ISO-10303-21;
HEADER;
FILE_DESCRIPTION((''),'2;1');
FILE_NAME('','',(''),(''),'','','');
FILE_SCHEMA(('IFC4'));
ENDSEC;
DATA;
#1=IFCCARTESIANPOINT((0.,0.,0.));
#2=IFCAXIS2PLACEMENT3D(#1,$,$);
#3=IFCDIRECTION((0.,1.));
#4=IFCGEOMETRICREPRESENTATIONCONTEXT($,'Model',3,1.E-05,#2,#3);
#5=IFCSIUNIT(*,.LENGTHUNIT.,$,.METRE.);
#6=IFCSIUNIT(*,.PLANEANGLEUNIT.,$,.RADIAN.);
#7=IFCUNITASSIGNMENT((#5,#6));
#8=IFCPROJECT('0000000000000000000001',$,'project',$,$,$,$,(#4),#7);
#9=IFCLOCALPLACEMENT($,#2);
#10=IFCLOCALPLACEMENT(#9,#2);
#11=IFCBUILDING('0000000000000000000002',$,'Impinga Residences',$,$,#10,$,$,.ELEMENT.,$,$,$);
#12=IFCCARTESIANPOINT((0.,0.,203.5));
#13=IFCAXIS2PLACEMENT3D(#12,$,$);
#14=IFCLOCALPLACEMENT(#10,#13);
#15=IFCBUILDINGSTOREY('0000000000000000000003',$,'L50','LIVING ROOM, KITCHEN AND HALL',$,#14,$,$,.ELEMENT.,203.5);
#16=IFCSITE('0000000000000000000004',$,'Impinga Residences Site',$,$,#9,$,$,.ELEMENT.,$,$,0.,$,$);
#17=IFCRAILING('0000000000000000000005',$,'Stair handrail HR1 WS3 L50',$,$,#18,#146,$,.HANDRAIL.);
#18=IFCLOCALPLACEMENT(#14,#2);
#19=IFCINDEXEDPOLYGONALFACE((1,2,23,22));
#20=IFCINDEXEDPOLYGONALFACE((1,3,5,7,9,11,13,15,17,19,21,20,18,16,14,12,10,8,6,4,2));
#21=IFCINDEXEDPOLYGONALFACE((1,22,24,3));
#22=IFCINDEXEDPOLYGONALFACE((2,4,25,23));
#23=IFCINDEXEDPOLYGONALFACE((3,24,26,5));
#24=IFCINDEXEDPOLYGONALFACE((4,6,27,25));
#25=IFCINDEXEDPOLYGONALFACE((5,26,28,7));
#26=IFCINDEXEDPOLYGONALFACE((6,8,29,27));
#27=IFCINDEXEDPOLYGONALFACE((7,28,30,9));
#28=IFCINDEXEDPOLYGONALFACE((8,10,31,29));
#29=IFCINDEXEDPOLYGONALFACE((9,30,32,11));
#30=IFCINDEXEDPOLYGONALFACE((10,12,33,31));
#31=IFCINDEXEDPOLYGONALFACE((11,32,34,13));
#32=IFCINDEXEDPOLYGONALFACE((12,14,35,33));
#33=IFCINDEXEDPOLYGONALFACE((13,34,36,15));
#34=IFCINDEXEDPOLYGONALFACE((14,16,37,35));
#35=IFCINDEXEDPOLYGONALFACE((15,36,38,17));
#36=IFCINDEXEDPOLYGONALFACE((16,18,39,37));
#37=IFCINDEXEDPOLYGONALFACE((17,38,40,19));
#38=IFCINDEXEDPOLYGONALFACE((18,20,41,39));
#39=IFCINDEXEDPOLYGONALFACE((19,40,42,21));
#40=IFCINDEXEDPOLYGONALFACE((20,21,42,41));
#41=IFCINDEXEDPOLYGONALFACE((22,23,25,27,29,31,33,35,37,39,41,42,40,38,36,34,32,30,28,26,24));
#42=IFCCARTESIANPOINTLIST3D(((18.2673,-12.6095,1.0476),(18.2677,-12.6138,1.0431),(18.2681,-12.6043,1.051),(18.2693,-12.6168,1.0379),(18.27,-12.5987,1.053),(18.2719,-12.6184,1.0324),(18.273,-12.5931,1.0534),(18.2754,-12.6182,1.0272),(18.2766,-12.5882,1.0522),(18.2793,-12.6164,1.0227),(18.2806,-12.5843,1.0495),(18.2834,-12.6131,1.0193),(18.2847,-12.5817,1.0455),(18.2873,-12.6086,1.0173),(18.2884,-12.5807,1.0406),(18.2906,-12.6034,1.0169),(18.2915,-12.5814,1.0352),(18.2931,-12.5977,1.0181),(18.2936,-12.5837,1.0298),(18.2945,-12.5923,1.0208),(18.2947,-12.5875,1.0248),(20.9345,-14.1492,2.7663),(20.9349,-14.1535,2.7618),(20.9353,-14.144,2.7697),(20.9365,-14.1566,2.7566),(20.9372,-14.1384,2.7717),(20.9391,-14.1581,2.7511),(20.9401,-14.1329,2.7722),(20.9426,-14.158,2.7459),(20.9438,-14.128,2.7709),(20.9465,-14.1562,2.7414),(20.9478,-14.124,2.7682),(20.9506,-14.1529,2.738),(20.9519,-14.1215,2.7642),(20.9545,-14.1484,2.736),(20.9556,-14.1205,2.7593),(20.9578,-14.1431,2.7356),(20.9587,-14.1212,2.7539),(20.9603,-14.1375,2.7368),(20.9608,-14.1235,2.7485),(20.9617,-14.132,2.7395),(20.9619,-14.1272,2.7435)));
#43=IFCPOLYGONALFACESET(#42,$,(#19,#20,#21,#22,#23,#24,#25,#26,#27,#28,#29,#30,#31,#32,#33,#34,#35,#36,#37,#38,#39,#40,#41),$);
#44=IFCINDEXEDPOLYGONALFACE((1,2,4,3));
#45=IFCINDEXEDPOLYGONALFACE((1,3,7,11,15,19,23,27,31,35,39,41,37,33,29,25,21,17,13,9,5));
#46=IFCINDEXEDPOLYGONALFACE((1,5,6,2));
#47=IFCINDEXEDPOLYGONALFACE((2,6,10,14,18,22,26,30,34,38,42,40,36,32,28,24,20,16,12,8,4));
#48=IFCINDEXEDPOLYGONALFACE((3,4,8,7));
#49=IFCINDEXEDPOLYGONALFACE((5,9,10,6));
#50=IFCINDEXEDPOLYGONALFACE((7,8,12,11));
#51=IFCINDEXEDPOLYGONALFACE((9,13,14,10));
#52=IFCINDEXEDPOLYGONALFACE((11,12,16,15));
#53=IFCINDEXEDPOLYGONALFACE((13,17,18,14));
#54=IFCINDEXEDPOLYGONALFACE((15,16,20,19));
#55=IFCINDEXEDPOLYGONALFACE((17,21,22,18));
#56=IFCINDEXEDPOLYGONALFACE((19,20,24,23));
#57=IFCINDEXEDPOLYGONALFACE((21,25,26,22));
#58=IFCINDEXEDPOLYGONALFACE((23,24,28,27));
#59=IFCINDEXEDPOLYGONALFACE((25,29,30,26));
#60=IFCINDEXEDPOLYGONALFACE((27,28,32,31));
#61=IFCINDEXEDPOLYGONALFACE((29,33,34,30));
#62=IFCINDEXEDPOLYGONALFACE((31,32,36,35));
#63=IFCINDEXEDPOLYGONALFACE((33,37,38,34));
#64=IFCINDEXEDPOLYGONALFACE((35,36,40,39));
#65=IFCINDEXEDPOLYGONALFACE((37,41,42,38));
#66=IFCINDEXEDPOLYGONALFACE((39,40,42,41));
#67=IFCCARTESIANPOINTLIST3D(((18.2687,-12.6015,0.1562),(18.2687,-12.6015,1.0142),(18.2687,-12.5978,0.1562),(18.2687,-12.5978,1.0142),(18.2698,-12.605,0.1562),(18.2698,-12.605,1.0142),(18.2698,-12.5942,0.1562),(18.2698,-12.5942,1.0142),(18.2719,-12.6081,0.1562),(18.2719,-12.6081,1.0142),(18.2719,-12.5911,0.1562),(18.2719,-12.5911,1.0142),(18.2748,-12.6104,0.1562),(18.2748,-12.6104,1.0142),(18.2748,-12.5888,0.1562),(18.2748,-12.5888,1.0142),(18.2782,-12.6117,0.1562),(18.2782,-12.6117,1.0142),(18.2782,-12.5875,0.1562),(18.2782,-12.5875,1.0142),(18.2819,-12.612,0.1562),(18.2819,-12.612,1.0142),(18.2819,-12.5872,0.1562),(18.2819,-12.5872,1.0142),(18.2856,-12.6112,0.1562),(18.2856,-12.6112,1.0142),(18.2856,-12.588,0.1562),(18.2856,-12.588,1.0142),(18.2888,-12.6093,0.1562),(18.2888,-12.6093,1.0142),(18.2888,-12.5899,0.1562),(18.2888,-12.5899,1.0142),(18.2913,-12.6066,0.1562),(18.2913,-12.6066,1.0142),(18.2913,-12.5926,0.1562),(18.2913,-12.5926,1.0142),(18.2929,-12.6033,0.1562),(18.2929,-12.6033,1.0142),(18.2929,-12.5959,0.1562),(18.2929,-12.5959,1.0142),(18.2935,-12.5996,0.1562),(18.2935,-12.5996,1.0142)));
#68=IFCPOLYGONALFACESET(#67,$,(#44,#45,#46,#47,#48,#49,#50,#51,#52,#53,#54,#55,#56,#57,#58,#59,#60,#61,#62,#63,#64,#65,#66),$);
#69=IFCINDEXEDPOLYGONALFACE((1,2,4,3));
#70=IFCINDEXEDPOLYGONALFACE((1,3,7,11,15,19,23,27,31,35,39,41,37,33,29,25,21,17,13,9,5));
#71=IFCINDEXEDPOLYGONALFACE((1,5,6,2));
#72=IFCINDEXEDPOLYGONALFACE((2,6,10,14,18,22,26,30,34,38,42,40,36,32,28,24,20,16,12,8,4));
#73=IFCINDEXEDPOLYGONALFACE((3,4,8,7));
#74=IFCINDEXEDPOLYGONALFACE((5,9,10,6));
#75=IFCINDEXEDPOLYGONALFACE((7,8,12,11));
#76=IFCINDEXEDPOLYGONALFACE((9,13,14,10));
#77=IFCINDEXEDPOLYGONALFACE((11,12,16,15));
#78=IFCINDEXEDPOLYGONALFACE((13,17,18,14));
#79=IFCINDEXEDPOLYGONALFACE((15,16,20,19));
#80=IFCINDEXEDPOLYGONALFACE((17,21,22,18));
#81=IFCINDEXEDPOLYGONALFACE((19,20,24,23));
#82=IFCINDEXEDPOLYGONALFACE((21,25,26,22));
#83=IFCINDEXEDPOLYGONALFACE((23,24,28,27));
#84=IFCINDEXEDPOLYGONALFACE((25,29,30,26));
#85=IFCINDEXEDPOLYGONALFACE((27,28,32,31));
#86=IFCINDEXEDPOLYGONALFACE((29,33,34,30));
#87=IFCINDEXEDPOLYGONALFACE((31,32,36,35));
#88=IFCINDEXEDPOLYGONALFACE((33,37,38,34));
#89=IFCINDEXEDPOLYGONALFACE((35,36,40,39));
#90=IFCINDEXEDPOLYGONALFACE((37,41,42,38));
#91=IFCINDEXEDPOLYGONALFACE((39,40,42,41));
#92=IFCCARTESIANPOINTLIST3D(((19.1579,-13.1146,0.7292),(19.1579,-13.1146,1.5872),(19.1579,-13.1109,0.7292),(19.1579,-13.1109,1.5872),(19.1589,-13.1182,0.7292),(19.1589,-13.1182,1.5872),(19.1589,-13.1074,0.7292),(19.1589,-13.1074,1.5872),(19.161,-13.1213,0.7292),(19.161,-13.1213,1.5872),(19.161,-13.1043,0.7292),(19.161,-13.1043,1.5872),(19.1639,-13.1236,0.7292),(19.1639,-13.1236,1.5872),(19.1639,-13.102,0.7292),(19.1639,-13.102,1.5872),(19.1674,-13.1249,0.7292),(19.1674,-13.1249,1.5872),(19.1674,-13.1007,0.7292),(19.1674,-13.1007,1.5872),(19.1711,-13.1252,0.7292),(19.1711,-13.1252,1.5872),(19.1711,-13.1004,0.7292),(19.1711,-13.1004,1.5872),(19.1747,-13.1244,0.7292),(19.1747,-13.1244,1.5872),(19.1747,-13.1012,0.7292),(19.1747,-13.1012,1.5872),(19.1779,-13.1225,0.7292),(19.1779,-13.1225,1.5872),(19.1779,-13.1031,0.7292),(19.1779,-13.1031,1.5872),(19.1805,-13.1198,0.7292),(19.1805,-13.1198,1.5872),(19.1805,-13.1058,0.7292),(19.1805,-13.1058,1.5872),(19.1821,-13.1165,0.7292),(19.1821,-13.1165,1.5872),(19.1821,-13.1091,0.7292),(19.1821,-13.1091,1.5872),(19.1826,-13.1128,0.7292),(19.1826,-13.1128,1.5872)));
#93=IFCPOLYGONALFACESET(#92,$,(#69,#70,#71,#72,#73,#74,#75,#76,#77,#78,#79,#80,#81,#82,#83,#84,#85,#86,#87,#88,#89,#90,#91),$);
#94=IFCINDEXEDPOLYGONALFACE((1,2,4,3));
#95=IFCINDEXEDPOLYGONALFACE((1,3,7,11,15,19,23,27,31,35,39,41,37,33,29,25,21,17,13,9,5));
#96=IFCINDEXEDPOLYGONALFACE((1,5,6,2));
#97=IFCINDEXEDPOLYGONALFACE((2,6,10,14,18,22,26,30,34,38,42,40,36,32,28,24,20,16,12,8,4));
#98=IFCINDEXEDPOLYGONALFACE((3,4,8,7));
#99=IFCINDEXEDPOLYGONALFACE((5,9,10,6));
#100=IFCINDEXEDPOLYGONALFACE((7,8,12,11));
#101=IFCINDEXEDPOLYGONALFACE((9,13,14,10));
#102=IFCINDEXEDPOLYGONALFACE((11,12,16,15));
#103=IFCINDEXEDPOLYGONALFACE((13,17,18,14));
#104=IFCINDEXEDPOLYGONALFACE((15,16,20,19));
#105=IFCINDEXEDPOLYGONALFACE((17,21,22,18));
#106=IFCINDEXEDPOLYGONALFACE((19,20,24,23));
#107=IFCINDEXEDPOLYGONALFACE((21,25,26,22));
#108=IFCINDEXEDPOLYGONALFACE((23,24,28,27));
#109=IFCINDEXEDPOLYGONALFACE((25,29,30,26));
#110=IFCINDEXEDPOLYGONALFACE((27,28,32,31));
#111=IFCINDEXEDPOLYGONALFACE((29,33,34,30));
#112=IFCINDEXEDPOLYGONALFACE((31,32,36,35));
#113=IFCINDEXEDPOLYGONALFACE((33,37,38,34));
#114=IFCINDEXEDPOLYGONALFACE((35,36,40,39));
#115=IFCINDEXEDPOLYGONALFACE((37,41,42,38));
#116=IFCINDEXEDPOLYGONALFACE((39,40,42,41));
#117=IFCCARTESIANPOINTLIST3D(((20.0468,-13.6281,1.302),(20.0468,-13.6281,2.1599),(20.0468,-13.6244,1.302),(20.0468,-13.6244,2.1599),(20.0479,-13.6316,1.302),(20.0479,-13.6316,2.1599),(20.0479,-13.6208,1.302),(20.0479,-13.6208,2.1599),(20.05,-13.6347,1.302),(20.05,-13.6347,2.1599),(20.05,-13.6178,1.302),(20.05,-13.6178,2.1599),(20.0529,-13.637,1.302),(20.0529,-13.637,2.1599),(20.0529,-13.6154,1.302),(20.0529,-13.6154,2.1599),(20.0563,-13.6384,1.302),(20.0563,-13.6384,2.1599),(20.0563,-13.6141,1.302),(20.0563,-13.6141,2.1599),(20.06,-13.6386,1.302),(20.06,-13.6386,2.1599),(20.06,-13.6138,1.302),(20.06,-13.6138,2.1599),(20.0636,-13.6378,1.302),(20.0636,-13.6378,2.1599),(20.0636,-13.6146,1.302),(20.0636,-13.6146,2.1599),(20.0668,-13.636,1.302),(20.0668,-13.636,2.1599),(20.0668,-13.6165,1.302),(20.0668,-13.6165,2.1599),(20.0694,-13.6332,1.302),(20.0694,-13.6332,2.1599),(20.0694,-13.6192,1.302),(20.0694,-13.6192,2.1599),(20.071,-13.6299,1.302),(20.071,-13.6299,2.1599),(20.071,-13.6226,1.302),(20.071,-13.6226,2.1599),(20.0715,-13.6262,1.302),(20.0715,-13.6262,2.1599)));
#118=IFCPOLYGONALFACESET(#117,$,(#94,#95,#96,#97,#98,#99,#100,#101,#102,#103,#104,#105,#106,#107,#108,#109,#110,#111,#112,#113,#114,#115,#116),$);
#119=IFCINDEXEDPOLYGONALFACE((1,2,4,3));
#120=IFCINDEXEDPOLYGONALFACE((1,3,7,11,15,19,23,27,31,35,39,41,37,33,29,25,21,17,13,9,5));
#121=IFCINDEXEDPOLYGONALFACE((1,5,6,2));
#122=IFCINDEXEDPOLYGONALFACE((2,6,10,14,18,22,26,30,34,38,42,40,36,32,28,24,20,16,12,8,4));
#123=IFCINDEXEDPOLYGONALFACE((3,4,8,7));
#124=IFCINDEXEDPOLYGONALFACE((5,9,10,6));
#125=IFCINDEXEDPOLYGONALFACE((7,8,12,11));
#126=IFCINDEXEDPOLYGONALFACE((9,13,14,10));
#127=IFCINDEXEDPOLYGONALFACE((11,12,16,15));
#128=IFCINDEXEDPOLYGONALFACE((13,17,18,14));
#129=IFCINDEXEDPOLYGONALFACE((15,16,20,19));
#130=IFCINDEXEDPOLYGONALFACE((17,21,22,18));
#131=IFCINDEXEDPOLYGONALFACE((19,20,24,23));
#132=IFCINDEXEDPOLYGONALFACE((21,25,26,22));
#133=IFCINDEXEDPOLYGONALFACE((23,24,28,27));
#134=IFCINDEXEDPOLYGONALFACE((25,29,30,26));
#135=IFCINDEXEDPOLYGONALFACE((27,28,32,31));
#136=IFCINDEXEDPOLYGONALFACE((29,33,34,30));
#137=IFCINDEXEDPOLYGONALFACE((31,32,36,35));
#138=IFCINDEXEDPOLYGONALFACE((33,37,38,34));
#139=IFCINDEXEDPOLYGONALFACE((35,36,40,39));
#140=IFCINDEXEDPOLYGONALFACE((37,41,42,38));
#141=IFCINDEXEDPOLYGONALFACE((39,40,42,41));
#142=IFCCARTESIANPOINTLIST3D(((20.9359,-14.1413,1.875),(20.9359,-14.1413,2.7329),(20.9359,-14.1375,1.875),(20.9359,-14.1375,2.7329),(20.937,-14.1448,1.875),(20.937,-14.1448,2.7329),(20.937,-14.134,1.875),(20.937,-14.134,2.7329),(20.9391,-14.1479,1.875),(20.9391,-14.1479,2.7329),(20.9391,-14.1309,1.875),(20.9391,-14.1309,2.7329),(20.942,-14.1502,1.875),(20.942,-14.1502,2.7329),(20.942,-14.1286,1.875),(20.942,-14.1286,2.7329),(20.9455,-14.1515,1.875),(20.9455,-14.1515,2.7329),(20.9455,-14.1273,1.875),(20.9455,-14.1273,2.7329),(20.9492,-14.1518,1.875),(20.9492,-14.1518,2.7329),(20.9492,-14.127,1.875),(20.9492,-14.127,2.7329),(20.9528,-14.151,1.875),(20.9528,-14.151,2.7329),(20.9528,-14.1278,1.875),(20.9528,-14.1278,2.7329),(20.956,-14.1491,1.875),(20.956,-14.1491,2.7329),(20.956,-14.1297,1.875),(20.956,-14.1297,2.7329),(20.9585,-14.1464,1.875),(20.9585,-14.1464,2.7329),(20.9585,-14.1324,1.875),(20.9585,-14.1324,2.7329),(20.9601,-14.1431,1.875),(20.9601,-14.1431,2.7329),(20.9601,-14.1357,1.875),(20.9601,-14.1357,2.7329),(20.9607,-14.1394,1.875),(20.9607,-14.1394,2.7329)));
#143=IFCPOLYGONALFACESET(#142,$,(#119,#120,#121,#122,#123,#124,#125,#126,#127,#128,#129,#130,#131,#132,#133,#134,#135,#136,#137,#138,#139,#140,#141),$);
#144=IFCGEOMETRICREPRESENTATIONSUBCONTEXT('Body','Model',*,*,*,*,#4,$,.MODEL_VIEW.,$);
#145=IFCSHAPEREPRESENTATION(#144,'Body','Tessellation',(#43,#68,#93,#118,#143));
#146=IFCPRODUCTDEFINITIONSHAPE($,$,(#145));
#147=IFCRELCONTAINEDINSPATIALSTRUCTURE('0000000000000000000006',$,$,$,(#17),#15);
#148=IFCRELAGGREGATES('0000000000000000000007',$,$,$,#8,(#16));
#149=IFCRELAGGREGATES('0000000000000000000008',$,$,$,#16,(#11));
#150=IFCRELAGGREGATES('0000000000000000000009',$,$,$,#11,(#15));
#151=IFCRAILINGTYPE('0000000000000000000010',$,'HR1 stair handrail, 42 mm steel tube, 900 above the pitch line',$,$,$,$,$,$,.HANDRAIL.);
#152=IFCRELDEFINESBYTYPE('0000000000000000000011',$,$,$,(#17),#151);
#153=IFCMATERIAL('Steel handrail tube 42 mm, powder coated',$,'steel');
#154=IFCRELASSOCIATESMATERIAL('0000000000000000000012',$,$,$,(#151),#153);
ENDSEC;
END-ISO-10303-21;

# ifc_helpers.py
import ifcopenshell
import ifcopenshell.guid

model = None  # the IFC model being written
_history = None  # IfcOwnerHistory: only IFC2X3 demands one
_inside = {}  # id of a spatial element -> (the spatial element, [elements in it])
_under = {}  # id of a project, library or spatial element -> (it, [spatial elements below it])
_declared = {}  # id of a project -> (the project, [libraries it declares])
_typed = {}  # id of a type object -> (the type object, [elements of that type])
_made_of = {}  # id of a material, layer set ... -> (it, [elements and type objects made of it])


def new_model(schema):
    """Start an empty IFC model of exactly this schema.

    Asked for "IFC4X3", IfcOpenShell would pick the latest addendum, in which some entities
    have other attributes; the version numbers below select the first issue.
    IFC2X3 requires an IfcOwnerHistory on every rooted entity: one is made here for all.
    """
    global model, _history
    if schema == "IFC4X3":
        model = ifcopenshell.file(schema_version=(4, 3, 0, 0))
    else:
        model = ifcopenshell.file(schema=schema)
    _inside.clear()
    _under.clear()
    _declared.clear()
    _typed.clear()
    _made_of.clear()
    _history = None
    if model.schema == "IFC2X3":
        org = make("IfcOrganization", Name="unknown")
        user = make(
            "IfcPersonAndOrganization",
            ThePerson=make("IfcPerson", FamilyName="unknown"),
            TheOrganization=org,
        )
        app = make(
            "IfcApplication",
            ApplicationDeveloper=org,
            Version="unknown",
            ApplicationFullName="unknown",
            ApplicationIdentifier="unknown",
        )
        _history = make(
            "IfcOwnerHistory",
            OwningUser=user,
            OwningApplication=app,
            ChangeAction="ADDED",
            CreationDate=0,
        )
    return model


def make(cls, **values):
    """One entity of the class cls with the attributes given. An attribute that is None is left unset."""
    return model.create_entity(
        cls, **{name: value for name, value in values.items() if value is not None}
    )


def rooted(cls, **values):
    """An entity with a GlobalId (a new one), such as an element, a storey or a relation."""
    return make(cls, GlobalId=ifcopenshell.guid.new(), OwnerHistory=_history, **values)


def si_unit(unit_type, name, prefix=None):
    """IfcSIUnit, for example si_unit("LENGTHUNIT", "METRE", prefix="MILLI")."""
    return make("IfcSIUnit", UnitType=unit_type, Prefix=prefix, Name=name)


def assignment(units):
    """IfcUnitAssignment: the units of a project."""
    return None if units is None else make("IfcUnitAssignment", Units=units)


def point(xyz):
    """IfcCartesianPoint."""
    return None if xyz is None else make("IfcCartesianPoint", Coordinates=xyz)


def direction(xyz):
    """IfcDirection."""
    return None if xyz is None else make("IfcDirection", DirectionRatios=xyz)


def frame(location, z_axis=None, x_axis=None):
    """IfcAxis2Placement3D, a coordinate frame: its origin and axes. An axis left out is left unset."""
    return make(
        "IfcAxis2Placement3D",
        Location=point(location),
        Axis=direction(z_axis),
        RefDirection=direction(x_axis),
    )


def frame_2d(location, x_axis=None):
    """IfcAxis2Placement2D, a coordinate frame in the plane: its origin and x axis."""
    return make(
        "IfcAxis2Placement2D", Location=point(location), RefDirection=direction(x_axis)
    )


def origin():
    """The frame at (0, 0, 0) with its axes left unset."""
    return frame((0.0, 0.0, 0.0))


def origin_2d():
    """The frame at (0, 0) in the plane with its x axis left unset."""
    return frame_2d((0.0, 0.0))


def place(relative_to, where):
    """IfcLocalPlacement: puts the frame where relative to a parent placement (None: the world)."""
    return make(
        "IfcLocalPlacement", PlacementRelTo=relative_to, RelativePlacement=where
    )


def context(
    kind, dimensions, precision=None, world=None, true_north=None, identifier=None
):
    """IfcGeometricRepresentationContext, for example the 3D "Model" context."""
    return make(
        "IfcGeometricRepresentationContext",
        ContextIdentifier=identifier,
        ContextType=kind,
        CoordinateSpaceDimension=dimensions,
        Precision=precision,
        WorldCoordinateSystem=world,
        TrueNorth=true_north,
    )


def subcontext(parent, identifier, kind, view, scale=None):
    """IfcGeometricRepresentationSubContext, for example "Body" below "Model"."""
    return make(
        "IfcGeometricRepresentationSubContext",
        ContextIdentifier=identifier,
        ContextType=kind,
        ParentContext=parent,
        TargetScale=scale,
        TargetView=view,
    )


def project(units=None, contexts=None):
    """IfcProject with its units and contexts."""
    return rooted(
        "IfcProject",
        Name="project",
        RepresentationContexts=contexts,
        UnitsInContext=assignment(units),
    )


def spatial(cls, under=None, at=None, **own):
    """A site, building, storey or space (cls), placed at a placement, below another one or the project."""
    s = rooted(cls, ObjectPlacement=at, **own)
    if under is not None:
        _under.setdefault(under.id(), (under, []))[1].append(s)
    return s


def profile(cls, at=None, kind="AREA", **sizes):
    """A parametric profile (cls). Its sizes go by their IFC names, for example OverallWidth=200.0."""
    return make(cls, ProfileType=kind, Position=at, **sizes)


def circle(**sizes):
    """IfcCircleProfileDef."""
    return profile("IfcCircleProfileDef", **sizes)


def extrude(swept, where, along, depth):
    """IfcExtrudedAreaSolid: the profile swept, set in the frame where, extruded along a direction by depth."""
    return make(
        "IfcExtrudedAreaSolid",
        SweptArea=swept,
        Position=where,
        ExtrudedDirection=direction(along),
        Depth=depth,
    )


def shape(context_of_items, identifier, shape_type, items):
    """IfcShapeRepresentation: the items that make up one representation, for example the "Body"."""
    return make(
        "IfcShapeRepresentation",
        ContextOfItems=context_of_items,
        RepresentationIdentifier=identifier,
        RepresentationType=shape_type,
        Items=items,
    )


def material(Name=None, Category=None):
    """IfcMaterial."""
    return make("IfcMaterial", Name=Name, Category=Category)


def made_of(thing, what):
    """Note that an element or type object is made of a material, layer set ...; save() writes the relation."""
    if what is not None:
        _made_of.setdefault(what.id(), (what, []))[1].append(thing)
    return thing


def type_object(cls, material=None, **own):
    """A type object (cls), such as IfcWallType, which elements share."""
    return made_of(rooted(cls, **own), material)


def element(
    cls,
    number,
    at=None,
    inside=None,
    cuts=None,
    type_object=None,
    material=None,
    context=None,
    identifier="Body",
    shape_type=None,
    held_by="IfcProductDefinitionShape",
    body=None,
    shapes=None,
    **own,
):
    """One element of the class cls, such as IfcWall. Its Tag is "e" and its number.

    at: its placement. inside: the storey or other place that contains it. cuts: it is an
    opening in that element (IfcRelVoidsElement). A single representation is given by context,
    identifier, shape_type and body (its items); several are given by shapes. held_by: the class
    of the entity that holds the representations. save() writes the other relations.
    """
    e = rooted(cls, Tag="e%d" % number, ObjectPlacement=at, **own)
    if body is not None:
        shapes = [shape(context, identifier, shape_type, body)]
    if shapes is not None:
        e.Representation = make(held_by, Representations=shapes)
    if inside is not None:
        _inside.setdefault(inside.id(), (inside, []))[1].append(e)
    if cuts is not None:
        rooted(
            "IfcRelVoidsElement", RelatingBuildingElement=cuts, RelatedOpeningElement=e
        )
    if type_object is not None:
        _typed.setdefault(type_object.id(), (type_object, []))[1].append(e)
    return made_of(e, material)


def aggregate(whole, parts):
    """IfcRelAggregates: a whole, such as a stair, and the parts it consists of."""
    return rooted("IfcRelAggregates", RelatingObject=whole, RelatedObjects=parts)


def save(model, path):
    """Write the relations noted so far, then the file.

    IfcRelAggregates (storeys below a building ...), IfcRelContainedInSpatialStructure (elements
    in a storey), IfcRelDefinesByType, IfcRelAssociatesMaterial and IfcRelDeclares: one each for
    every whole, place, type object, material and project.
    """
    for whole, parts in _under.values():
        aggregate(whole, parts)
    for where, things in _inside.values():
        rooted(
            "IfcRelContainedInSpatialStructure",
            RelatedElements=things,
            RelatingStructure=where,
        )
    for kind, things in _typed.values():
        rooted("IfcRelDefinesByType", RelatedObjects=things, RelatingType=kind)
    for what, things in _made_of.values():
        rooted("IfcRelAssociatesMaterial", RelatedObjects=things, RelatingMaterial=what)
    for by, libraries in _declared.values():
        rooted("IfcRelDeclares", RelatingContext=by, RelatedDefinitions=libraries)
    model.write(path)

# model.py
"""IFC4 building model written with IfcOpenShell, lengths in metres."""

from ifc_helpers import new_model, si_unit, direction, frame, origin, origin_2d, place, context, subcontext, project, spatial, circle, extrude, material, type_object, element, save


model = new_model("IFC4")

# Units and contexts
model_context = context("Model", 3, precision=1e-05, world=origin(), true_north=direction((0.0, 1.0)))
body_context = subcontext(model_context, "Body", "Model", "MODEL_VIEW")
ifc_project = project(units=[si_unit("LENGTHUNIT", "METRE"), si_unit("PLANEANGLEUNIT", "RADIAN")], contexts=[model_context])

# Site, building, storey
site_placement = place(None, origin())
site = spatial("IfcSite", under=ifc_project, at=site_placement, Name="Impinga Residences Site", CompositionType="ELEMENT", RefElevation=0.0)
building_placement = place(site_placement, origin())
building = spatial("IfcBuilding", under=site, at=building_placement, Name="Impinga Residences", CompositionType="ELEMENT")
storey_placement = place(building_placement, frame((0.0, 0.0, 203.5)))
storey = spatial("IfcBuildingStorey", under=building, at=storey_placement, Name="L50", Description="LIVING ROOM, KITCHEN AND HALL", CompositionType="ELEMENT", Elevation=203.5)

# Railing
ifc_material_1 = material(Name="Steel handrail tube 42 mm, powder coated", Category="steel")
railing_type_1 = type_object("IfcRailingType", Name="HR1 stair handrail, 42 mm steel tube, 900 above the pitch line", PredefinedType="HANDRAIL", material=ifc_material_1)
railing_1_placement = place(storey_placement, frame((18.281, -12.5996, 0.1562)))
element("IfcRailing", 1, at=railing_1_placement, inside=storey, type_object=railing_type_1, Name="Stair handrail HR1 WS3 L50", PredefinedType="HANDRAIL", context=body_context, shape_type="SweptSolid", body=[
    extrude(circle(Radius=0.021, at=origin_2d()), frame((0.0, 0.0, 0.8789), z_axis=(0.756249, -0.436582, 0.487322), x_axis=(0.499967, 0.866044, 0.0)), (0.0, 0.0, 1.0), 3.5269),
    extrude(circle(Radius=0.0125, at=origin_2d()), origin(), (0.0, 0.0, 1.0), 0.8579),
    extrude(circle(Radius=0.0125, at=origin_2d()), frame((0.8892, -0.5132, 0.573)), (0.0, 0.0, 1.0), 0.8579),
    extrude(circle(Radius=0.0125, at=origin_2d()), frame((1.7781, -1.0266, 1.1458)), (0.0, 0.0, 1.0), 0.8579),
    extrude(circle(Radius=0.0125, at=origin_2d()), frame((2.6672, -1.5398, 1.7188)), (0.0, 0.0, 1.0), 0.8579),
])

save(model, "model.ifc")
